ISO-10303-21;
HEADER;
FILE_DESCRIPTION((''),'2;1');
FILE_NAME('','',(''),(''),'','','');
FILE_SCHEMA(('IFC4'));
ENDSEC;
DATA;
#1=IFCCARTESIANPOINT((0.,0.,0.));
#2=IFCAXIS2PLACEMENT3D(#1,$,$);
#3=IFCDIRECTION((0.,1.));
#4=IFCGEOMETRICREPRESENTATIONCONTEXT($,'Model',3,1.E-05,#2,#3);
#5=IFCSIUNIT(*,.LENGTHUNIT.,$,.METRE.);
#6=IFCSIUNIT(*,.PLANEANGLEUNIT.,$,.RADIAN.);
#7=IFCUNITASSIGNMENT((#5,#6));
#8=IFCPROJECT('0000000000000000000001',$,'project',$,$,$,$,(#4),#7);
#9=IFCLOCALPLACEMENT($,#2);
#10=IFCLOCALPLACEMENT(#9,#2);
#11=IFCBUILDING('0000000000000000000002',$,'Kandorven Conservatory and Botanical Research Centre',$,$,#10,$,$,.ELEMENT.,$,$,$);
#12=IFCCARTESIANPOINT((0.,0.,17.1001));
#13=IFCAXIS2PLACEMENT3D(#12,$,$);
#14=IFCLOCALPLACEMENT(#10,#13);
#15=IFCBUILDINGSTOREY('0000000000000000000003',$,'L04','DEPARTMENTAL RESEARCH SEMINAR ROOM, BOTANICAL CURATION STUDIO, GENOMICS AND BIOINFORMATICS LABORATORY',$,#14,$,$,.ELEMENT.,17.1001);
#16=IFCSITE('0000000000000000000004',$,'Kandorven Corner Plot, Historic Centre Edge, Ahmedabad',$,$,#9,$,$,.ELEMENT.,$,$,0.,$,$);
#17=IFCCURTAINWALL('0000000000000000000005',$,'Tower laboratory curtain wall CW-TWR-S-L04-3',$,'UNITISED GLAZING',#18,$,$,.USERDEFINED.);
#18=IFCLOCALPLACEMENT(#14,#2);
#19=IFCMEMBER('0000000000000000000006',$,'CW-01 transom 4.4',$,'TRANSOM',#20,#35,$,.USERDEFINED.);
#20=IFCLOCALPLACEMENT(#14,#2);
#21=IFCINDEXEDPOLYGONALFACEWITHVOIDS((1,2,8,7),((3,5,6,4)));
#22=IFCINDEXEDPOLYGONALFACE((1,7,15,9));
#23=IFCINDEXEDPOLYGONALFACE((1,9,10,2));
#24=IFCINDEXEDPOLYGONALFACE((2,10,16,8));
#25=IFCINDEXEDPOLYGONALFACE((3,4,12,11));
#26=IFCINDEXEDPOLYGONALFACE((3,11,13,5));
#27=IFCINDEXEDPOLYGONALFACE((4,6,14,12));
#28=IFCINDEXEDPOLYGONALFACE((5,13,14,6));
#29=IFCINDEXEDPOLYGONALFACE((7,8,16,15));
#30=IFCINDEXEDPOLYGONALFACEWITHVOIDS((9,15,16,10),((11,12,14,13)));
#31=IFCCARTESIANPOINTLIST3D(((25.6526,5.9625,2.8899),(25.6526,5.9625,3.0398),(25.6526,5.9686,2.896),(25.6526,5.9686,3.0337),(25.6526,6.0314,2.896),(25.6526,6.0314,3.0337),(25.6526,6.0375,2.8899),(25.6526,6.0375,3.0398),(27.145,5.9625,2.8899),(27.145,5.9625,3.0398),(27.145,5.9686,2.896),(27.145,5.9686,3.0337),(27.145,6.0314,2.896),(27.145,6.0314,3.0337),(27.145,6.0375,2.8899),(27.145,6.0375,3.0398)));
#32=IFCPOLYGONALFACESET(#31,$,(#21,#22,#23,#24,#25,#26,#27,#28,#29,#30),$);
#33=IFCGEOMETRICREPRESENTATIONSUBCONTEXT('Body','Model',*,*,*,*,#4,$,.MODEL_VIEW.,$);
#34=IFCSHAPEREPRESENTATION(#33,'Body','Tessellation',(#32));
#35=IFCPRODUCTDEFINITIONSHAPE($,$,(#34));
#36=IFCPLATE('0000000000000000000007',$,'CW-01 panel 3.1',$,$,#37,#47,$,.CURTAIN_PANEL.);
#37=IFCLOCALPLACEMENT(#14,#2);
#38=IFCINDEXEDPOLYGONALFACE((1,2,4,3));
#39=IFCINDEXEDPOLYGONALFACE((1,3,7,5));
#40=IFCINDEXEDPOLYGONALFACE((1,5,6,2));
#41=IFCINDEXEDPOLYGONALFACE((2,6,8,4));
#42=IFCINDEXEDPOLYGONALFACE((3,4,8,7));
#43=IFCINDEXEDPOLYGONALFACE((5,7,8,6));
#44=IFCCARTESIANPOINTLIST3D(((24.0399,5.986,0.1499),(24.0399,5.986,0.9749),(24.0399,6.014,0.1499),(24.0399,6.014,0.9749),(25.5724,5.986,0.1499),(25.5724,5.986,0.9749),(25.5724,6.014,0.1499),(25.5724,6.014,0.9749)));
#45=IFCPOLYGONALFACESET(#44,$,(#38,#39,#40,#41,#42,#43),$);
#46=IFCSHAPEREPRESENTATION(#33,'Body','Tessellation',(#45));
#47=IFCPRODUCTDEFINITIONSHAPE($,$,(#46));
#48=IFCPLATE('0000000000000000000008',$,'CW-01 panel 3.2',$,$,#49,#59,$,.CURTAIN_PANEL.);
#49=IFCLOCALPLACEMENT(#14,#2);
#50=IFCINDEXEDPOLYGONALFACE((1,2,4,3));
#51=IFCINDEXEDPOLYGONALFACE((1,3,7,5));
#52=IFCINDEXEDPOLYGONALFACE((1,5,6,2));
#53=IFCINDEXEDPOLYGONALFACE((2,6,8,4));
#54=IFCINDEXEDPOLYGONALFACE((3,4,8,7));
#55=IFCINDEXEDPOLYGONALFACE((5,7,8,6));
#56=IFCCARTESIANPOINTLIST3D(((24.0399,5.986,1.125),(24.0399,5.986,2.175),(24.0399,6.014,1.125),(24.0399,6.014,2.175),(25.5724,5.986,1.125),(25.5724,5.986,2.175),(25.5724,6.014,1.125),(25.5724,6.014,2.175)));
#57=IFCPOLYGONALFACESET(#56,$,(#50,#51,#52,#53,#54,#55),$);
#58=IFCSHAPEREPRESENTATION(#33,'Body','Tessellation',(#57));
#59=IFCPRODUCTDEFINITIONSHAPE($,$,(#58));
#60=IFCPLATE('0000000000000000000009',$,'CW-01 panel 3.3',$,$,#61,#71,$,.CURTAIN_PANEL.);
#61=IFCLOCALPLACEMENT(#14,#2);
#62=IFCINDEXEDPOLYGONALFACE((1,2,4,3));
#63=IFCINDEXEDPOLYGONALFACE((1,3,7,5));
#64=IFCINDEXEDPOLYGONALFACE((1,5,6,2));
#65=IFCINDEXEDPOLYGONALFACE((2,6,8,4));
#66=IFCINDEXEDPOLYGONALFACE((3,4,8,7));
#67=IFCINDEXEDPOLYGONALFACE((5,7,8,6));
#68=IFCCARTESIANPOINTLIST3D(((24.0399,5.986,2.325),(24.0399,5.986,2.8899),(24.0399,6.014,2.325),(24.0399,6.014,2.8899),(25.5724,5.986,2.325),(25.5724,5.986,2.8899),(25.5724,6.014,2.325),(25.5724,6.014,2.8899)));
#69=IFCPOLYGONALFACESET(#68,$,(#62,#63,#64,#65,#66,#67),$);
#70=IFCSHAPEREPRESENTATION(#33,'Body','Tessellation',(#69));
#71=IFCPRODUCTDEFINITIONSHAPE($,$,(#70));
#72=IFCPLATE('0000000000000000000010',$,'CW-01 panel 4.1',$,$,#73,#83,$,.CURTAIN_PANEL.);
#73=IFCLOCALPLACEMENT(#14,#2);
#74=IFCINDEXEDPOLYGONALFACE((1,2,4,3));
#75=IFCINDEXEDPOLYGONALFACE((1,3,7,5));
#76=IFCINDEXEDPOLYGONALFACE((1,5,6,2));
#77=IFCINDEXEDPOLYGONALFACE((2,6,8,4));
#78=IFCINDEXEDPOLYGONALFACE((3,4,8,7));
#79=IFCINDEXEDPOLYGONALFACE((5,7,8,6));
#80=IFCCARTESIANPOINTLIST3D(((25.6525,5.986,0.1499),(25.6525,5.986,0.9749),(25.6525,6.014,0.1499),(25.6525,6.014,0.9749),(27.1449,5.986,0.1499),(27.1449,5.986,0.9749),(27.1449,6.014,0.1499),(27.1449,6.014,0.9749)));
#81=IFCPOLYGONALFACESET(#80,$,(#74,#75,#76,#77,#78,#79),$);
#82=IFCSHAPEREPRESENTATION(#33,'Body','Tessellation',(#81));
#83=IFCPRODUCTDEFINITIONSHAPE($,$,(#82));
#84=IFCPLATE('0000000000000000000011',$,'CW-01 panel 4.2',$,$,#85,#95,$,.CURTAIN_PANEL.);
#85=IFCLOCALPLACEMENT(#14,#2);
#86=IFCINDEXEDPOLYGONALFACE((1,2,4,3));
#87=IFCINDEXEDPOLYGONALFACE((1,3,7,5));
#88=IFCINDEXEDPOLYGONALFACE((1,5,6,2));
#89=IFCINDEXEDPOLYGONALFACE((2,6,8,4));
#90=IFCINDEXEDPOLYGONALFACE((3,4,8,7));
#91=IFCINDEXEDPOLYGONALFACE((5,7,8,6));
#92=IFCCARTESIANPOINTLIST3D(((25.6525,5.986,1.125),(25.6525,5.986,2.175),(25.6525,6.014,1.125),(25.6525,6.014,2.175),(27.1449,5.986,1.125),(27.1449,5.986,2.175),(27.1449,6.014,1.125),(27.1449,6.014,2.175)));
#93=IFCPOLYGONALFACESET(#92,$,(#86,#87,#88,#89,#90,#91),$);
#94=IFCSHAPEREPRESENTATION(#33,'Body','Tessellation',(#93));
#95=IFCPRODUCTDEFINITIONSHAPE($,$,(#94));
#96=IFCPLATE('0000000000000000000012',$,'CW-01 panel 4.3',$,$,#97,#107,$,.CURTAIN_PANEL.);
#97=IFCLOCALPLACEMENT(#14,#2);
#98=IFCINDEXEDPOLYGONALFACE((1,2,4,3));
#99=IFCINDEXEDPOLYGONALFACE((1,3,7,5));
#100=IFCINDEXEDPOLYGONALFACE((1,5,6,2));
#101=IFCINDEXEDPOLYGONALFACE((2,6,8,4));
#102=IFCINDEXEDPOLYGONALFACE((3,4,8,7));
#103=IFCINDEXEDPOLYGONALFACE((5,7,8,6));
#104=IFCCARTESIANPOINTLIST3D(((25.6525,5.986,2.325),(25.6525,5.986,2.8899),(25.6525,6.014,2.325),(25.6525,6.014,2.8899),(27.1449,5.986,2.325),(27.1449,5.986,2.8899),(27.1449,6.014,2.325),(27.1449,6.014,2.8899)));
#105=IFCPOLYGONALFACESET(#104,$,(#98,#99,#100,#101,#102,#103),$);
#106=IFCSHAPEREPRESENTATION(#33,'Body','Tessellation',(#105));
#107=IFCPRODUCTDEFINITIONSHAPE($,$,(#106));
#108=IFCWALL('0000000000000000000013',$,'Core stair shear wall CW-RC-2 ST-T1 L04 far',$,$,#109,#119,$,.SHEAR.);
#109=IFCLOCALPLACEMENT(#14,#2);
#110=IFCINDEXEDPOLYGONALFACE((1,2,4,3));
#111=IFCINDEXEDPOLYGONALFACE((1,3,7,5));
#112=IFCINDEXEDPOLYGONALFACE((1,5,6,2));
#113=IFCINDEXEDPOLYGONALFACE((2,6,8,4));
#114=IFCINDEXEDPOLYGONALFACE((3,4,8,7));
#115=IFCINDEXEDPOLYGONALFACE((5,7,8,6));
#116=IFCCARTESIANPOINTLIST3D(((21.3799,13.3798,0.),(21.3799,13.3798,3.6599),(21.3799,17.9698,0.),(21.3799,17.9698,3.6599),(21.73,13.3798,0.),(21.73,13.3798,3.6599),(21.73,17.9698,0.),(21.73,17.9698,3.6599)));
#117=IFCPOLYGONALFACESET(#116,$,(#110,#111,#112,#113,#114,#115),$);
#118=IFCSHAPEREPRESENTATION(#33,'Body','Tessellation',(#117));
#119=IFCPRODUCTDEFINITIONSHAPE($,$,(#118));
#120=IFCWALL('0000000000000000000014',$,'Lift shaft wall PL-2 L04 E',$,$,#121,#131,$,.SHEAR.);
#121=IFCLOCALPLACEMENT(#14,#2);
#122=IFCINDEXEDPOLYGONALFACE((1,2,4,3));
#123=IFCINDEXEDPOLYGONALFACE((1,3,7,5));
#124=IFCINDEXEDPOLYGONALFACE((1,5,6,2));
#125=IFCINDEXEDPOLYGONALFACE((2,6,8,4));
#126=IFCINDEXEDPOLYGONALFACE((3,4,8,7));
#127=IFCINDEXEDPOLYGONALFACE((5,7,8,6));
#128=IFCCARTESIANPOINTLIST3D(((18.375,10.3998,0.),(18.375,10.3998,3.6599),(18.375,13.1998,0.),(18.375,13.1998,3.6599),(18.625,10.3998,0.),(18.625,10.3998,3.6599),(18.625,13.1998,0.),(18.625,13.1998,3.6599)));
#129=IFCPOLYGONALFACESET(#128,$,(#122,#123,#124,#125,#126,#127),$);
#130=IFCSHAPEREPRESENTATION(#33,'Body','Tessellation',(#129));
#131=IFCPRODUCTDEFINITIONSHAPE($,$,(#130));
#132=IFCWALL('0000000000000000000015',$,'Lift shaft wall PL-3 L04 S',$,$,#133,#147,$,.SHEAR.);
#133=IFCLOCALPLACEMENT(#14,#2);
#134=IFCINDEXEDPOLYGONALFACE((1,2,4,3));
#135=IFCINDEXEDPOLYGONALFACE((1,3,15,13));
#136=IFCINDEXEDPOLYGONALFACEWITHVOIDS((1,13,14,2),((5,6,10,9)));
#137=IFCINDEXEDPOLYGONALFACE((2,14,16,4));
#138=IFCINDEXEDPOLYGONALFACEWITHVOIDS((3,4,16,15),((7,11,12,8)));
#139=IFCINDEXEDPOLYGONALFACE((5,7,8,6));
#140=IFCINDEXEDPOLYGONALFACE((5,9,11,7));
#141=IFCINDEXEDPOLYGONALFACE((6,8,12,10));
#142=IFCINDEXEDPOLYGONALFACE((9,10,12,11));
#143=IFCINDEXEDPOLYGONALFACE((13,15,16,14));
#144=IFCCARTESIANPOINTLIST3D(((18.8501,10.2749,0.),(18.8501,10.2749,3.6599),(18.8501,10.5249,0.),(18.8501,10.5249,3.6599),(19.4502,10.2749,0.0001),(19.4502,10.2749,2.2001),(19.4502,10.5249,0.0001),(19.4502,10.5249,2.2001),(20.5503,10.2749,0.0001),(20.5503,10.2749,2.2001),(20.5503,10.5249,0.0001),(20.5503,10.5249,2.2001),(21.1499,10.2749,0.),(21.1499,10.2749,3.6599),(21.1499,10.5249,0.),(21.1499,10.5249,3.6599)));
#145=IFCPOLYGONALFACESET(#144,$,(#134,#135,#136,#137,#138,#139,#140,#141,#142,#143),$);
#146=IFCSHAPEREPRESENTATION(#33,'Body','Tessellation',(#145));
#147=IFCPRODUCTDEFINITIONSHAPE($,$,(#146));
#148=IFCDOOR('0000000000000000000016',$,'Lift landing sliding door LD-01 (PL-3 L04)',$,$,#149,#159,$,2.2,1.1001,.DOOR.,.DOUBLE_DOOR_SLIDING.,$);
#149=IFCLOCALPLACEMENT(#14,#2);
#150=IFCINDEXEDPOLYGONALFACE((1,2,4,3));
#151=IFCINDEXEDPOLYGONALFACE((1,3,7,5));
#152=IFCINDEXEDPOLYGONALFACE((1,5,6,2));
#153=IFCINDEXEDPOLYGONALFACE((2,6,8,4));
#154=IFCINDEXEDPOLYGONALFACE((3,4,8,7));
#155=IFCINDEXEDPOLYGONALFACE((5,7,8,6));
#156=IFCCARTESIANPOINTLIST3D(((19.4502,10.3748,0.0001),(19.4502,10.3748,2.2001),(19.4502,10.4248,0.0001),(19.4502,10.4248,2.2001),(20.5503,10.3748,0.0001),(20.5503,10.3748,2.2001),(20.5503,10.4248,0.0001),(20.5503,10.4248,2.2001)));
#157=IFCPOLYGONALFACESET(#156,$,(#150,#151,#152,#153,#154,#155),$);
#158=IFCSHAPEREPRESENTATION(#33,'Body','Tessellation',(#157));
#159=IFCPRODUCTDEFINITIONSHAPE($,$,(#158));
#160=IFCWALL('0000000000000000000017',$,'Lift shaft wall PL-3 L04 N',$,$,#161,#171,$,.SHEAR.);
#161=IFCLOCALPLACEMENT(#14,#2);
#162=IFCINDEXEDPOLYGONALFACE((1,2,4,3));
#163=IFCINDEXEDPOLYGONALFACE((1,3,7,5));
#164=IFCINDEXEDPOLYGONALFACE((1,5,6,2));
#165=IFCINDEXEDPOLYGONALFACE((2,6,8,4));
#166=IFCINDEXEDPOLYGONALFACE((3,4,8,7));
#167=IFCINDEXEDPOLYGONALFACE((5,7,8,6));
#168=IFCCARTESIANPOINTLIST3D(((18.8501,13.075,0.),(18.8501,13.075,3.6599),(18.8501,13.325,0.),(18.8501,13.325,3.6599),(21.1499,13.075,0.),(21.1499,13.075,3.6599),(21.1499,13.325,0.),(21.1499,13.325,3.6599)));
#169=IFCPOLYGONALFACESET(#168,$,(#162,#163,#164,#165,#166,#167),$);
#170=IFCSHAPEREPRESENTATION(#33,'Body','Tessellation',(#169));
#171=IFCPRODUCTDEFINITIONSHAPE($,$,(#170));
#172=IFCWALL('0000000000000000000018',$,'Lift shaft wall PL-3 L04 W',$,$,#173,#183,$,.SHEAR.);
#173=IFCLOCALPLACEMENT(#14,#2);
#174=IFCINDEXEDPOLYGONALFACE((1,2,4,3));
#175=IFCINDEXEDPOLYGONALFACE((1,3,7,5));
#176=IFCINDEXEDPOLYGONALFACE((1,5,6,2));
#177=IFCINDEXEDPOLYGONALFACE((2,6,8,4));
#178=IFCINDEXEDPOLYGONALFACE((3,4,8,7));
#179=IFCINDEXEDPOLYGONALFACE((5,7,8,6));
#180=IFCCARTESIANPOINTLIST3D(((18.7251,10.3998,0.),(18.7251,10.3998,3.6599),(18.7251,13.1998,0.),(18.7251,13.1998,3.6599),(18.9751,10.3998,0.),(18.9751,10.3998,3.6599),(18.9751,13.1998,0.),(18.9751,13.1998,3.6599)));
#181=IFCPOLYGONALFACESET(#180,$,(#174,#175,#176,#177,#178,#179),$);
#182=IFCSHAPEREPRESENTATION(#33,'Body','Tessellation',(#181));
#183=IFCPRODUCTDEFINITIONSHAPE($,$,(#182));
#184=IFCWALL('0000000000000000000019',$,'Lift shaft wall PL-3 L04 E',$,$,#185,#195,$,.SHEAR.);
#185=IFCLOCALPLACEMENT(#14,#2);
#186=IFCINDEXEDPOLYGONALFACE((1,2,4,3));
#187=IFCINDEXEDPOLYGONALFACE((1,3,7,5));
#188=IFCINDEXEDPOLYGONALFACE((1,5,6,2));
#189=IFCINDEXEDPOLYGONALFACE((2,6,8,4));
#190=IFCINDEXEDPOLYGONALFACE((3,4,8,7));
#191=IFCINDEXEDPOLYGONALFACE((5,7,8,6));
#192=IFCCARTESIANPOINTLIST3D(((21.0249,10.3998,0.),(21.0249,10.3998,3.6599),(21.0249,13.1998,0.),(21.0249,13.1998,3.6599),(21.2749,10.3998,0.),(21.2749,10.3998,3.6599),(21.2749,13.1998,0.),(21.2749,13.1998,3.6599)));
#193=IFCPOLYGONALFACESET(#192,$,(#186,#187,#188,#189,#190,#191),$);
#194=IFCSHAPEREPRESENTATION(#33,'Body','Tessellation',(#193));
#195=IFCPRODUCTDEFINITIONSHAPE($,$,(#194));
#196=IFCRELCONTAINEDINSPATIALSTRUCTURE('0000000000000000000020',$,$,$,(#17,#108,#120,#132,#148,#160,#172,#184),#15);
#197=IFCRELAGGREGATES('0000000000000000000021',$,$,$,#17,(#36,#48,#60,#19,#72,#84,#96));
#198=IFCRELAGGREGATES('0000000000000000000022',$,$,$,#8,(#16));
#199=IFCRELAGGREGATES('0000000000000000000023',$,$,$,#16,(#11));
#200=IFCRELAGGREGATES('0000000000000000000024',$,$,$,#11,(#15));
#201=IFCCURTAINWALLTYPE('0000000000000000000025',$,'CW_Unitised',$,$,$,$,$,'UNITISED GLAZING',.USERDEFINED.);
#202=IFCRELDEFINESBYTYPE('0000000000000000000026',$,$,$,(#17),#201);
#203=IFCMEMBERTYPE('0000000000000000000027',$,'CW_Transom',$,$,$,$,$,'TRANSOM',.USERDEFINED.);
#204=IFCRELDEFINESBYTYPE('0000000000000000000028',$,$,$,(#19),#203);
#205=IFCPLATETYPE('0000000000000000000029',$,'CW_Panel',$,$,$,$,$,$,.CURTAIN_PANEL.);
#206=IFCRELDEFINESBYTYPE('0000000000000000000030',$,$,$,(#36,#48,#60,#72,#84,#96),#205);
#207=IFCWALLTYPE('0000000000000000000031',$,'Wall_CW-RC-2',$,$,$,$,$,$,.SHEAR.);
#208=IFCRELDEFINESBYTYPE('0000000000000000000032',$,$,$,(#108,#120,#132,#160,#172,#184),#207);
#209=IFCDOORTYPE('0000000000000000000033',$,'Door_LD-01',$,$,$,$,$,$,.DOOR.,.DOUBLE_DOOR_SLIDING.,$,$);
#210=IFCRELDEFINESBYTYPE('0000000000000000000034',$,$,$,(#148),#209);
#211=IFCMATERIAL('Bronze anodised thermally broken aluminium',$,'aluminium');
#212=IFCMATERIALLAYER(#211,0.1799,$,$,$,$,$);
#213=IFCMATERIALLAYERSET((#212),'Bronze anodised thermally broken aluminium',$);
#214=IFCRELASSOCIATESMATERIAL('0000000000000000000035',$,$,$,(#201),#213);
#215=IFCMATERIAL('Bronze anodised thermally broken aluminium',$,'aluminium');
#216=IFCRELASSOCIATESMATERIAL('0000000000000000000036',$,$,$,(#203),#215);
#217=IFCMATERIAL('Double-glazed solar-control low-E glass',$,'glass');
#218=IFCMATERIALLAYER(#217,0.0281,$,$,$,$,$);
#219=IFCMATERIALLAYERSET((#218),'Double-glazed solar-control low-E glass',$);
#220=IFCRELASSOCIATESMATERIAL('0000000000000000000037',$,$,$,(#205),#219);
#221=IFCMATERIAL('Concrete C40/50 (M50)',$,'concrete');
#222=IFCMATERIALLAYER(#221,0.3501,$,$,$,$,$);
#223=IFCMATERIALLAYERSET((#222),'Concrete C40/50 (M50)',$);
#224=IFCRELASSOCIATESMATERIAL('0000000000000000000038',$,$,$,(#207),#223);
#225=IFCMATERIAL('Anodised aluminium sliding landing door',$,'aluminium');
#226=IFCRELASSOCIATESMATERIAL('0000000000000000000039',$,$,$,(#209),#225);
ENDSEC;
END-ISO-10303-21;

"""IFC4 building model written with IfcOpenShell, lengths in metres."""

from ifc_helpers import new_model, si_unit, direction, frame, frame_2d, origin, origin_2d, place, context, subcontext, project, spatial, rectangle, hollow_rectangle, extrude, material, layer, layer_set, material_profile, profile_set, type_object, element, fill, aggregate, save


model = new_model("IFC4")

# Units and contexts
model_context = context("Model", 3, precision=1e-05, world=origin(), true_north=direction((0.0, 1.0)))
body_context = subcontext(model_context, "Body", "Model", "MODEL_VIEW")
ifc_project = project(units=[si_unit("LENGTHUNIT", "METRE"), si_unit("PLANEANGLEUNIT", "RADIAN")], contexts=[model_context])

# Site, building, storey
site_placement = place(None, origin())
site = spatial("IfcSite", under=ifc_project, at=site_placement, Name="Kandorven Corner Plot, Historic Centre Edge, Ahmedabad", CompositionType="ELEMENT", RefElevation=0.0)
building_placement = place(site_placement, origin())
building = spatial("IfcBuilding", under=site, at=building_placement, Name="Kandorven Conservatory and Botanical Research Centre", CompositionType="ELEMENT")
storey_placement = place(building_placement, frame((0.0, 0.0, 17.1001)))
storey = spatial("IfcBuildingStorey", under=building, at=storey_placement, Name="L04", Description="DEPARTMENTAL RESEARCH SEMINAR ROOM, BOTANICAL CURATION STUDIO, GENOMICS AND BIOINFORMATICS LABORATORY", CompositionType="ELEMENT", Elevation=17.1001)

# Curtain wall, member, plates
ifc_material_1 = material(Name="Bronze anodised thermally broken aluminium", Category="aluminium")
ifc_layer_1 = layer(ifc_material_1, 0.1799)
ifc_layer_set_1 = layer_set([ifc_layer_1], Name="Bronze anodised thermally broken aluminium")
curtain_wall_type = type_object("IfcCurtainWallType", Name="CW_Unitised", ElementType="UNITISED GLAZING", PredefinedType="USERDEFINED", material=ifc_layer_set_1)
curtain_wall_placement = place(storey_placement, origin())
curtain_wall = element("IfcCurtainWall", 1, at=curtain_wall_placement, inside=storey, type_object=curtain_wall_type, Name="Tower laboratory curtain wall CW-TWR-S-L04-3", ObjectType="UNITISED GLAZING", PredefinedType="USERDEFINED")
ifc_material_2 = material(Name="Bronze anodised thermally broken aluminium", Category="aluminium")
ifc_material_profile_1 = material_profile(ifc_material_2, hollow_rectangle(XDim=0.075, YDim=0.1499, WallThickness=0.0061, at=origin_2d()))
ifc_profile_set_1 = profile_set([ifc_material_profile_1], Name="Bronze anodised thermally broken aluminium")
member_type_1 = type_object("IfcMemberType", Name="CW_Transom", ElementType="TRANSOM", PredefinedType="USERDEFINED", material=ifc_profile_set_1)
member_1_placement = place(storey_placement, frame((25.6526, 6.0, 2.9648), z_axis=(1.0, 0.0, 0.0), x_axis=(0.0, 1.0, 0.0)))
member_1 = element("IfcMember", 2, at=member_1_placement, type_object=member_type_1, Name="CW-01 transom 4.4", ObjectType="TRANSOM", PredefinedType="USERDEFINED", context=body_context, shape_type="SweptSolid", body=[
    extrude(hollow_rectangle(XDim=0.075, YDim=0.1499, WallThickness=0.0061, at=origin_2d()), origin(), (0.0, 0.0, 1.0), 1.4924),
])
ifc_material_3 = material(Name="Double-glazed solar-control low-E glass", Category="glass")
ifc_layer_2 = layer(ifc_material_3, 0.0281)
ifc_layer_set_2 = layer_set([ifc_layer_2], Name="Double-glazed solar-control low-E glass")
plate_type = type_object("IfcPlateType", Name="CW_Panel", PredefinedType="CURTAIN_PANEL", material=ifc_layer_set_2)
plate_1_placement = place(storey_placement, frame((24.8062, 6.0, 0.1499), z_axis=(0.0, 0.0, 1.0), x_axis=(1.0, 0.0, 0.0)))
plate_1 = element("IfcPlate", 3, at=plate_1_placement, type_object=plate_type, Name="CW-01 panel 3.1", PredefinedType="CURTAIN_PANEL", context=body_context, shape_type="SweptSolid", body=[
    extrude(rectangle(XDim=1.5325, YDim=0.0281, at=origin_2d()), origin(), (0.0, 0.0, 1.0), 0.825),
])
plate_2_placement = place(storey_placement, frame((24.8062, 6.0, 1.125), z_axis=(0.0, 0.0, 1.0), x_axis=(1.0, 0.0, 0.0)))
plate_2 = element("IfcPlate", 4, at=plate_2_placement, type_object=plate_type, Name="CW-01 panel 3.2", PredefinedType="CURTAIN_PANEL", context=body_context, shape_type="SweptSolid", body=[
    extrude(rectangle(XDim=1.5325, YDim=0.0281, at=origin_2d()), origin(), (0.0, 0.0, 1.0), 1.05),
])
plate_3_placement = place(storey_placement, frame((24.8062, 6.0, 2.325), z_axis=(0.0, 0.0, 1.0), x_axis=(1.0, 0.0, 0.0)))
plate_3 = element("IfcPlate", 5, at=plate_3_placement, type_object=plate_type, Name="CW-01 panel 3.3", PredefinedType="CURTAIN_PANEL", context=body_context, shape_type="SweptSolid", body=[
    extrude(rectangle(XDim=1.5325, YDim=0.0281, at=origin_2d()), origin(), (0.0, 0.0, 1.0), 0.5649),
])
plate_4_placement = place(storey_placement, frame((26.3987, 6.0, 0.1499), z_axis=(0.0, 0.0, 1.0), x_axis=(1.0, 0.0, 0.0)))
plate_4 = element("IfcPlate", 6, at=plate_4_placement, type_object=plate_type, Name="CW-01 panel 4.1", PredefinedType="CURTAIN_PANEL", context=body_context, shape_type="SweptSolid", body=[
    extrude(rectangle(XDim=1.4924, YDim=0.0281, at=origin_2d()), origin(), (0.0, 0.0, 1.0), 0.825),
])
plate_5_placement = place(storey_placement, frame((26.3987, 6.0, 1.125), z_axis=(0.0, 0.0, 1.0), x_axis=(1.0, 0.0, 0.0)))
plate_5 = element("IfcPlate", 7, at=plate_5_placement, type_object=plate_type, Name="CW-01 panel 4.2", PredefinedType="CURTAIN_PANEL", context=body_context, shape_type="SweptSolid", body=[
    extrude(rectangle(XDim=1.4924, YDim=0.0281, at=origin_2d()), origin(), (0.0, 0.0, 1.0), 1.05),
])
plate_6_placement = place(storey_placement, frame((26.3987, 6.0, 2.325), z_axis=(0.0, 0.0, 1.0), x_axis=(1.0, 0.0, 0.0)))
plate_6 = element("IfcPlate", 8, at=plate_6_placement, type_object=plate_type, Name="CW-01 panel 4.3", PredefinedType="CURTAIN_PANEL", context=body_context, shape_type="SweptSolid", body=[
    extrude(rectangle(XDim=1.4924, YDim=0.0281, at=origin_2d()), origin(), (0.0, 0.0, 1.0), 0.5649),
])
aggregate(curtain_wall, [plate_1, plate_2, plate_3, member_1, plate_4, plate_5, plate_6])

# Walls
ifc_material_4 = material(Name="Concrete C40/50 (M50)", Category="concrete")
ifc_layer_3 = layer(ifc_material_4, 0.3501)
ifc_layer_set_3 = layer_set([ifc_layer_3], Name="Concrete C40/50 (M50)")
wall_type_1 = type_object("IfcWallType", Name="Wall_CW-RC-2", PredefinedType="SHEAR", material=ifc_layer_set_3)
wall_1_placement = place(storey_placement, frame((21.5549, 13.3799, 0.0), z_axis=(0.0, 0.0, 1.0), x_axis=(0.0, 1.0, 0.0)))
element("IfcWall", 9, at=wall_1_placement, inside=storey, type_object=wall_type_1, Name="Core stair shear wall CW-RC-2 ST-T1 L04 far", PredefinedType="SHEAR", context=body_context, shape_type="SweptSolid", body=[
    extrude(rectangle(XDim=4.5901, YDim=0.3501, at=frame_2d((2.2949, 0.0))), origin(), (0.0, 0.0, 1.0), 3.6599),
])
wall_2_placement = place(storey_placement, frame((18.5, 10.3999, 0.0), z_axis=(0.0, 0.0, 1.0), x_axis=(0.0, 1.0, 0.0)))
element("IfcWall", 10, at=wall_2_placement, inside=storey, type_object=wall_type_1, Name="Lift shaft wall PL-2 L04 E", PredefinedType="SHEAR", context=body_context, shape_type="SweptSolid", body=[
    extrude(rectangle(XDim=2.8, YDim=0.25, at=frame_2d((1.3999, 0.0))), origin(), (0.0, 0.0, 1.0), 3.6599),
])

# Wall, opening, door
wall_3_placement = place(storey_placement, frame((18.8501, 10.3999, 0.0), z_axis=(0.0, 0.0, 1.0), x_axis=(1.0, 0.0, 0.0)))
wall_3 = element("IfcWall", 11, at=wall_3_placement, inside=storey, type_object=wall_type_1, Name="Lift shaft wall PL-3 L04 S", PredefinedType="SHEAR", context=body_context, shape_type="SweptSolid", body=[
    extrude(rectangle(XDim=2.2998, YDim=0.25, at=frame_2d((1.1499, 0.0))), origin(), (0.0, 0.0, 1.0), 3.6599),
])
opening_1_placement = place(wall_3_placement, frame((0.6001, 0.0, 0.0)))
opening_1 = element("IfcOpeningElement", 12, at=opening_1_placement, cuts=wall_3, PredefinedType="OPENING", context=body_context, shape_type="SweptSolid", body=[
    extrude(rectangle(XDim=1.1001, YDim=2.2, at=frame_2d((0.55, 1.1001))), frame((0.0, 0.135, 0.0), z_axis=(0.0, -1.0, 0.0), x_axis=(1.0, 0.0, 0.0)), (0.0, 0.0, 1.0), 0.27),
])
ifc_material_5 = material(Name="Anodised aluminium sliding landing door", Category="aluminium")
door_type_1 = type_object("IfcDoorType", Name="Door_LD-01", OperationType="DOUBLE_DOOR_SLIDING", PredefinedType="DOOR", material=ifc_material_5)
door_1_placement = place(opening_1_placement, origin())
door_1 = element("IfcDoor", 13, at=door_1_placement, inside=storey, type_object=door_type_1, Name="Lift landing sliding door LD-01 (PL-3 L04)", OperationType="DOUBLE_DOOR_SLIDING", OverallHeight=2.2, OverallWidth=1.1001, PredefinedType="DOOR", context=body_context, shape_type="SweptSolid", body=[
    extrude(rectangle(XDim=1.1001, YDim=2.2, at=frame_2d((0.55, 1.1001))), frame((0.0, 0.0249, 0.0), z_axis=(0.0, -1.0, 0.0), x_axis=(1.0, 0.0, 0.0)), (0.0, 0.0, 1.0), 0.05),
])
fill(opening_1, door_1)

# Walls
wall_4_placement = place(storey_placement, frame((18.8501, 13.2, 0.0), z_axis=(0.0, 0.0, 1.0), x_axis=(1.0, 0.0, 0.0)))
element("IfcWall", 14, at=wall_4_placement, inside=storey, type_object=wall_type_1, Name="Lift shaft wall PL-3 L04 N", PredefinedType="SHEAR", context=body_context, shape_type="SweptSolid", body=[
    extrude(rectangle(XDim=2.2998, YDim=0.25, at=frame_2d((1.1499, 0.0))), origin(), (0.0, 0.0, 1.0), 3.6599),
])
for number, where, z_axis, x_axis, name in (
    (15, (18.8501, 10.3999, 0.0), (0.0, 0.0, 1.0), (0.0, 1.0, 0.0), "Lift shaft wall PL-3 L04 W"),
    (16, (21.1499, 10.3999, 0.0), (0.0, 0.0, 1.0), (0.0, 1.0, 0.0), "Lift shaft wall PL-3 L04 E"),
):
    element("IfcWall", number, at=place(storey_placement, frame(where, z_axis=z_axis, x_axis=x_axis)), inside=storey, type_object=wall_type_1, Name=name, PredefinedType="SHEAR", context=body_context, shape_type="SweptSolid", body=[
        extrude(rectangle(XDim=2.8, YDim=0.25, at=frame_2d((1.3999, 0.0))), origin(), (0.0, 0.0, 1.0), 3.6599),
    ])

save(model, "model.ifc")
